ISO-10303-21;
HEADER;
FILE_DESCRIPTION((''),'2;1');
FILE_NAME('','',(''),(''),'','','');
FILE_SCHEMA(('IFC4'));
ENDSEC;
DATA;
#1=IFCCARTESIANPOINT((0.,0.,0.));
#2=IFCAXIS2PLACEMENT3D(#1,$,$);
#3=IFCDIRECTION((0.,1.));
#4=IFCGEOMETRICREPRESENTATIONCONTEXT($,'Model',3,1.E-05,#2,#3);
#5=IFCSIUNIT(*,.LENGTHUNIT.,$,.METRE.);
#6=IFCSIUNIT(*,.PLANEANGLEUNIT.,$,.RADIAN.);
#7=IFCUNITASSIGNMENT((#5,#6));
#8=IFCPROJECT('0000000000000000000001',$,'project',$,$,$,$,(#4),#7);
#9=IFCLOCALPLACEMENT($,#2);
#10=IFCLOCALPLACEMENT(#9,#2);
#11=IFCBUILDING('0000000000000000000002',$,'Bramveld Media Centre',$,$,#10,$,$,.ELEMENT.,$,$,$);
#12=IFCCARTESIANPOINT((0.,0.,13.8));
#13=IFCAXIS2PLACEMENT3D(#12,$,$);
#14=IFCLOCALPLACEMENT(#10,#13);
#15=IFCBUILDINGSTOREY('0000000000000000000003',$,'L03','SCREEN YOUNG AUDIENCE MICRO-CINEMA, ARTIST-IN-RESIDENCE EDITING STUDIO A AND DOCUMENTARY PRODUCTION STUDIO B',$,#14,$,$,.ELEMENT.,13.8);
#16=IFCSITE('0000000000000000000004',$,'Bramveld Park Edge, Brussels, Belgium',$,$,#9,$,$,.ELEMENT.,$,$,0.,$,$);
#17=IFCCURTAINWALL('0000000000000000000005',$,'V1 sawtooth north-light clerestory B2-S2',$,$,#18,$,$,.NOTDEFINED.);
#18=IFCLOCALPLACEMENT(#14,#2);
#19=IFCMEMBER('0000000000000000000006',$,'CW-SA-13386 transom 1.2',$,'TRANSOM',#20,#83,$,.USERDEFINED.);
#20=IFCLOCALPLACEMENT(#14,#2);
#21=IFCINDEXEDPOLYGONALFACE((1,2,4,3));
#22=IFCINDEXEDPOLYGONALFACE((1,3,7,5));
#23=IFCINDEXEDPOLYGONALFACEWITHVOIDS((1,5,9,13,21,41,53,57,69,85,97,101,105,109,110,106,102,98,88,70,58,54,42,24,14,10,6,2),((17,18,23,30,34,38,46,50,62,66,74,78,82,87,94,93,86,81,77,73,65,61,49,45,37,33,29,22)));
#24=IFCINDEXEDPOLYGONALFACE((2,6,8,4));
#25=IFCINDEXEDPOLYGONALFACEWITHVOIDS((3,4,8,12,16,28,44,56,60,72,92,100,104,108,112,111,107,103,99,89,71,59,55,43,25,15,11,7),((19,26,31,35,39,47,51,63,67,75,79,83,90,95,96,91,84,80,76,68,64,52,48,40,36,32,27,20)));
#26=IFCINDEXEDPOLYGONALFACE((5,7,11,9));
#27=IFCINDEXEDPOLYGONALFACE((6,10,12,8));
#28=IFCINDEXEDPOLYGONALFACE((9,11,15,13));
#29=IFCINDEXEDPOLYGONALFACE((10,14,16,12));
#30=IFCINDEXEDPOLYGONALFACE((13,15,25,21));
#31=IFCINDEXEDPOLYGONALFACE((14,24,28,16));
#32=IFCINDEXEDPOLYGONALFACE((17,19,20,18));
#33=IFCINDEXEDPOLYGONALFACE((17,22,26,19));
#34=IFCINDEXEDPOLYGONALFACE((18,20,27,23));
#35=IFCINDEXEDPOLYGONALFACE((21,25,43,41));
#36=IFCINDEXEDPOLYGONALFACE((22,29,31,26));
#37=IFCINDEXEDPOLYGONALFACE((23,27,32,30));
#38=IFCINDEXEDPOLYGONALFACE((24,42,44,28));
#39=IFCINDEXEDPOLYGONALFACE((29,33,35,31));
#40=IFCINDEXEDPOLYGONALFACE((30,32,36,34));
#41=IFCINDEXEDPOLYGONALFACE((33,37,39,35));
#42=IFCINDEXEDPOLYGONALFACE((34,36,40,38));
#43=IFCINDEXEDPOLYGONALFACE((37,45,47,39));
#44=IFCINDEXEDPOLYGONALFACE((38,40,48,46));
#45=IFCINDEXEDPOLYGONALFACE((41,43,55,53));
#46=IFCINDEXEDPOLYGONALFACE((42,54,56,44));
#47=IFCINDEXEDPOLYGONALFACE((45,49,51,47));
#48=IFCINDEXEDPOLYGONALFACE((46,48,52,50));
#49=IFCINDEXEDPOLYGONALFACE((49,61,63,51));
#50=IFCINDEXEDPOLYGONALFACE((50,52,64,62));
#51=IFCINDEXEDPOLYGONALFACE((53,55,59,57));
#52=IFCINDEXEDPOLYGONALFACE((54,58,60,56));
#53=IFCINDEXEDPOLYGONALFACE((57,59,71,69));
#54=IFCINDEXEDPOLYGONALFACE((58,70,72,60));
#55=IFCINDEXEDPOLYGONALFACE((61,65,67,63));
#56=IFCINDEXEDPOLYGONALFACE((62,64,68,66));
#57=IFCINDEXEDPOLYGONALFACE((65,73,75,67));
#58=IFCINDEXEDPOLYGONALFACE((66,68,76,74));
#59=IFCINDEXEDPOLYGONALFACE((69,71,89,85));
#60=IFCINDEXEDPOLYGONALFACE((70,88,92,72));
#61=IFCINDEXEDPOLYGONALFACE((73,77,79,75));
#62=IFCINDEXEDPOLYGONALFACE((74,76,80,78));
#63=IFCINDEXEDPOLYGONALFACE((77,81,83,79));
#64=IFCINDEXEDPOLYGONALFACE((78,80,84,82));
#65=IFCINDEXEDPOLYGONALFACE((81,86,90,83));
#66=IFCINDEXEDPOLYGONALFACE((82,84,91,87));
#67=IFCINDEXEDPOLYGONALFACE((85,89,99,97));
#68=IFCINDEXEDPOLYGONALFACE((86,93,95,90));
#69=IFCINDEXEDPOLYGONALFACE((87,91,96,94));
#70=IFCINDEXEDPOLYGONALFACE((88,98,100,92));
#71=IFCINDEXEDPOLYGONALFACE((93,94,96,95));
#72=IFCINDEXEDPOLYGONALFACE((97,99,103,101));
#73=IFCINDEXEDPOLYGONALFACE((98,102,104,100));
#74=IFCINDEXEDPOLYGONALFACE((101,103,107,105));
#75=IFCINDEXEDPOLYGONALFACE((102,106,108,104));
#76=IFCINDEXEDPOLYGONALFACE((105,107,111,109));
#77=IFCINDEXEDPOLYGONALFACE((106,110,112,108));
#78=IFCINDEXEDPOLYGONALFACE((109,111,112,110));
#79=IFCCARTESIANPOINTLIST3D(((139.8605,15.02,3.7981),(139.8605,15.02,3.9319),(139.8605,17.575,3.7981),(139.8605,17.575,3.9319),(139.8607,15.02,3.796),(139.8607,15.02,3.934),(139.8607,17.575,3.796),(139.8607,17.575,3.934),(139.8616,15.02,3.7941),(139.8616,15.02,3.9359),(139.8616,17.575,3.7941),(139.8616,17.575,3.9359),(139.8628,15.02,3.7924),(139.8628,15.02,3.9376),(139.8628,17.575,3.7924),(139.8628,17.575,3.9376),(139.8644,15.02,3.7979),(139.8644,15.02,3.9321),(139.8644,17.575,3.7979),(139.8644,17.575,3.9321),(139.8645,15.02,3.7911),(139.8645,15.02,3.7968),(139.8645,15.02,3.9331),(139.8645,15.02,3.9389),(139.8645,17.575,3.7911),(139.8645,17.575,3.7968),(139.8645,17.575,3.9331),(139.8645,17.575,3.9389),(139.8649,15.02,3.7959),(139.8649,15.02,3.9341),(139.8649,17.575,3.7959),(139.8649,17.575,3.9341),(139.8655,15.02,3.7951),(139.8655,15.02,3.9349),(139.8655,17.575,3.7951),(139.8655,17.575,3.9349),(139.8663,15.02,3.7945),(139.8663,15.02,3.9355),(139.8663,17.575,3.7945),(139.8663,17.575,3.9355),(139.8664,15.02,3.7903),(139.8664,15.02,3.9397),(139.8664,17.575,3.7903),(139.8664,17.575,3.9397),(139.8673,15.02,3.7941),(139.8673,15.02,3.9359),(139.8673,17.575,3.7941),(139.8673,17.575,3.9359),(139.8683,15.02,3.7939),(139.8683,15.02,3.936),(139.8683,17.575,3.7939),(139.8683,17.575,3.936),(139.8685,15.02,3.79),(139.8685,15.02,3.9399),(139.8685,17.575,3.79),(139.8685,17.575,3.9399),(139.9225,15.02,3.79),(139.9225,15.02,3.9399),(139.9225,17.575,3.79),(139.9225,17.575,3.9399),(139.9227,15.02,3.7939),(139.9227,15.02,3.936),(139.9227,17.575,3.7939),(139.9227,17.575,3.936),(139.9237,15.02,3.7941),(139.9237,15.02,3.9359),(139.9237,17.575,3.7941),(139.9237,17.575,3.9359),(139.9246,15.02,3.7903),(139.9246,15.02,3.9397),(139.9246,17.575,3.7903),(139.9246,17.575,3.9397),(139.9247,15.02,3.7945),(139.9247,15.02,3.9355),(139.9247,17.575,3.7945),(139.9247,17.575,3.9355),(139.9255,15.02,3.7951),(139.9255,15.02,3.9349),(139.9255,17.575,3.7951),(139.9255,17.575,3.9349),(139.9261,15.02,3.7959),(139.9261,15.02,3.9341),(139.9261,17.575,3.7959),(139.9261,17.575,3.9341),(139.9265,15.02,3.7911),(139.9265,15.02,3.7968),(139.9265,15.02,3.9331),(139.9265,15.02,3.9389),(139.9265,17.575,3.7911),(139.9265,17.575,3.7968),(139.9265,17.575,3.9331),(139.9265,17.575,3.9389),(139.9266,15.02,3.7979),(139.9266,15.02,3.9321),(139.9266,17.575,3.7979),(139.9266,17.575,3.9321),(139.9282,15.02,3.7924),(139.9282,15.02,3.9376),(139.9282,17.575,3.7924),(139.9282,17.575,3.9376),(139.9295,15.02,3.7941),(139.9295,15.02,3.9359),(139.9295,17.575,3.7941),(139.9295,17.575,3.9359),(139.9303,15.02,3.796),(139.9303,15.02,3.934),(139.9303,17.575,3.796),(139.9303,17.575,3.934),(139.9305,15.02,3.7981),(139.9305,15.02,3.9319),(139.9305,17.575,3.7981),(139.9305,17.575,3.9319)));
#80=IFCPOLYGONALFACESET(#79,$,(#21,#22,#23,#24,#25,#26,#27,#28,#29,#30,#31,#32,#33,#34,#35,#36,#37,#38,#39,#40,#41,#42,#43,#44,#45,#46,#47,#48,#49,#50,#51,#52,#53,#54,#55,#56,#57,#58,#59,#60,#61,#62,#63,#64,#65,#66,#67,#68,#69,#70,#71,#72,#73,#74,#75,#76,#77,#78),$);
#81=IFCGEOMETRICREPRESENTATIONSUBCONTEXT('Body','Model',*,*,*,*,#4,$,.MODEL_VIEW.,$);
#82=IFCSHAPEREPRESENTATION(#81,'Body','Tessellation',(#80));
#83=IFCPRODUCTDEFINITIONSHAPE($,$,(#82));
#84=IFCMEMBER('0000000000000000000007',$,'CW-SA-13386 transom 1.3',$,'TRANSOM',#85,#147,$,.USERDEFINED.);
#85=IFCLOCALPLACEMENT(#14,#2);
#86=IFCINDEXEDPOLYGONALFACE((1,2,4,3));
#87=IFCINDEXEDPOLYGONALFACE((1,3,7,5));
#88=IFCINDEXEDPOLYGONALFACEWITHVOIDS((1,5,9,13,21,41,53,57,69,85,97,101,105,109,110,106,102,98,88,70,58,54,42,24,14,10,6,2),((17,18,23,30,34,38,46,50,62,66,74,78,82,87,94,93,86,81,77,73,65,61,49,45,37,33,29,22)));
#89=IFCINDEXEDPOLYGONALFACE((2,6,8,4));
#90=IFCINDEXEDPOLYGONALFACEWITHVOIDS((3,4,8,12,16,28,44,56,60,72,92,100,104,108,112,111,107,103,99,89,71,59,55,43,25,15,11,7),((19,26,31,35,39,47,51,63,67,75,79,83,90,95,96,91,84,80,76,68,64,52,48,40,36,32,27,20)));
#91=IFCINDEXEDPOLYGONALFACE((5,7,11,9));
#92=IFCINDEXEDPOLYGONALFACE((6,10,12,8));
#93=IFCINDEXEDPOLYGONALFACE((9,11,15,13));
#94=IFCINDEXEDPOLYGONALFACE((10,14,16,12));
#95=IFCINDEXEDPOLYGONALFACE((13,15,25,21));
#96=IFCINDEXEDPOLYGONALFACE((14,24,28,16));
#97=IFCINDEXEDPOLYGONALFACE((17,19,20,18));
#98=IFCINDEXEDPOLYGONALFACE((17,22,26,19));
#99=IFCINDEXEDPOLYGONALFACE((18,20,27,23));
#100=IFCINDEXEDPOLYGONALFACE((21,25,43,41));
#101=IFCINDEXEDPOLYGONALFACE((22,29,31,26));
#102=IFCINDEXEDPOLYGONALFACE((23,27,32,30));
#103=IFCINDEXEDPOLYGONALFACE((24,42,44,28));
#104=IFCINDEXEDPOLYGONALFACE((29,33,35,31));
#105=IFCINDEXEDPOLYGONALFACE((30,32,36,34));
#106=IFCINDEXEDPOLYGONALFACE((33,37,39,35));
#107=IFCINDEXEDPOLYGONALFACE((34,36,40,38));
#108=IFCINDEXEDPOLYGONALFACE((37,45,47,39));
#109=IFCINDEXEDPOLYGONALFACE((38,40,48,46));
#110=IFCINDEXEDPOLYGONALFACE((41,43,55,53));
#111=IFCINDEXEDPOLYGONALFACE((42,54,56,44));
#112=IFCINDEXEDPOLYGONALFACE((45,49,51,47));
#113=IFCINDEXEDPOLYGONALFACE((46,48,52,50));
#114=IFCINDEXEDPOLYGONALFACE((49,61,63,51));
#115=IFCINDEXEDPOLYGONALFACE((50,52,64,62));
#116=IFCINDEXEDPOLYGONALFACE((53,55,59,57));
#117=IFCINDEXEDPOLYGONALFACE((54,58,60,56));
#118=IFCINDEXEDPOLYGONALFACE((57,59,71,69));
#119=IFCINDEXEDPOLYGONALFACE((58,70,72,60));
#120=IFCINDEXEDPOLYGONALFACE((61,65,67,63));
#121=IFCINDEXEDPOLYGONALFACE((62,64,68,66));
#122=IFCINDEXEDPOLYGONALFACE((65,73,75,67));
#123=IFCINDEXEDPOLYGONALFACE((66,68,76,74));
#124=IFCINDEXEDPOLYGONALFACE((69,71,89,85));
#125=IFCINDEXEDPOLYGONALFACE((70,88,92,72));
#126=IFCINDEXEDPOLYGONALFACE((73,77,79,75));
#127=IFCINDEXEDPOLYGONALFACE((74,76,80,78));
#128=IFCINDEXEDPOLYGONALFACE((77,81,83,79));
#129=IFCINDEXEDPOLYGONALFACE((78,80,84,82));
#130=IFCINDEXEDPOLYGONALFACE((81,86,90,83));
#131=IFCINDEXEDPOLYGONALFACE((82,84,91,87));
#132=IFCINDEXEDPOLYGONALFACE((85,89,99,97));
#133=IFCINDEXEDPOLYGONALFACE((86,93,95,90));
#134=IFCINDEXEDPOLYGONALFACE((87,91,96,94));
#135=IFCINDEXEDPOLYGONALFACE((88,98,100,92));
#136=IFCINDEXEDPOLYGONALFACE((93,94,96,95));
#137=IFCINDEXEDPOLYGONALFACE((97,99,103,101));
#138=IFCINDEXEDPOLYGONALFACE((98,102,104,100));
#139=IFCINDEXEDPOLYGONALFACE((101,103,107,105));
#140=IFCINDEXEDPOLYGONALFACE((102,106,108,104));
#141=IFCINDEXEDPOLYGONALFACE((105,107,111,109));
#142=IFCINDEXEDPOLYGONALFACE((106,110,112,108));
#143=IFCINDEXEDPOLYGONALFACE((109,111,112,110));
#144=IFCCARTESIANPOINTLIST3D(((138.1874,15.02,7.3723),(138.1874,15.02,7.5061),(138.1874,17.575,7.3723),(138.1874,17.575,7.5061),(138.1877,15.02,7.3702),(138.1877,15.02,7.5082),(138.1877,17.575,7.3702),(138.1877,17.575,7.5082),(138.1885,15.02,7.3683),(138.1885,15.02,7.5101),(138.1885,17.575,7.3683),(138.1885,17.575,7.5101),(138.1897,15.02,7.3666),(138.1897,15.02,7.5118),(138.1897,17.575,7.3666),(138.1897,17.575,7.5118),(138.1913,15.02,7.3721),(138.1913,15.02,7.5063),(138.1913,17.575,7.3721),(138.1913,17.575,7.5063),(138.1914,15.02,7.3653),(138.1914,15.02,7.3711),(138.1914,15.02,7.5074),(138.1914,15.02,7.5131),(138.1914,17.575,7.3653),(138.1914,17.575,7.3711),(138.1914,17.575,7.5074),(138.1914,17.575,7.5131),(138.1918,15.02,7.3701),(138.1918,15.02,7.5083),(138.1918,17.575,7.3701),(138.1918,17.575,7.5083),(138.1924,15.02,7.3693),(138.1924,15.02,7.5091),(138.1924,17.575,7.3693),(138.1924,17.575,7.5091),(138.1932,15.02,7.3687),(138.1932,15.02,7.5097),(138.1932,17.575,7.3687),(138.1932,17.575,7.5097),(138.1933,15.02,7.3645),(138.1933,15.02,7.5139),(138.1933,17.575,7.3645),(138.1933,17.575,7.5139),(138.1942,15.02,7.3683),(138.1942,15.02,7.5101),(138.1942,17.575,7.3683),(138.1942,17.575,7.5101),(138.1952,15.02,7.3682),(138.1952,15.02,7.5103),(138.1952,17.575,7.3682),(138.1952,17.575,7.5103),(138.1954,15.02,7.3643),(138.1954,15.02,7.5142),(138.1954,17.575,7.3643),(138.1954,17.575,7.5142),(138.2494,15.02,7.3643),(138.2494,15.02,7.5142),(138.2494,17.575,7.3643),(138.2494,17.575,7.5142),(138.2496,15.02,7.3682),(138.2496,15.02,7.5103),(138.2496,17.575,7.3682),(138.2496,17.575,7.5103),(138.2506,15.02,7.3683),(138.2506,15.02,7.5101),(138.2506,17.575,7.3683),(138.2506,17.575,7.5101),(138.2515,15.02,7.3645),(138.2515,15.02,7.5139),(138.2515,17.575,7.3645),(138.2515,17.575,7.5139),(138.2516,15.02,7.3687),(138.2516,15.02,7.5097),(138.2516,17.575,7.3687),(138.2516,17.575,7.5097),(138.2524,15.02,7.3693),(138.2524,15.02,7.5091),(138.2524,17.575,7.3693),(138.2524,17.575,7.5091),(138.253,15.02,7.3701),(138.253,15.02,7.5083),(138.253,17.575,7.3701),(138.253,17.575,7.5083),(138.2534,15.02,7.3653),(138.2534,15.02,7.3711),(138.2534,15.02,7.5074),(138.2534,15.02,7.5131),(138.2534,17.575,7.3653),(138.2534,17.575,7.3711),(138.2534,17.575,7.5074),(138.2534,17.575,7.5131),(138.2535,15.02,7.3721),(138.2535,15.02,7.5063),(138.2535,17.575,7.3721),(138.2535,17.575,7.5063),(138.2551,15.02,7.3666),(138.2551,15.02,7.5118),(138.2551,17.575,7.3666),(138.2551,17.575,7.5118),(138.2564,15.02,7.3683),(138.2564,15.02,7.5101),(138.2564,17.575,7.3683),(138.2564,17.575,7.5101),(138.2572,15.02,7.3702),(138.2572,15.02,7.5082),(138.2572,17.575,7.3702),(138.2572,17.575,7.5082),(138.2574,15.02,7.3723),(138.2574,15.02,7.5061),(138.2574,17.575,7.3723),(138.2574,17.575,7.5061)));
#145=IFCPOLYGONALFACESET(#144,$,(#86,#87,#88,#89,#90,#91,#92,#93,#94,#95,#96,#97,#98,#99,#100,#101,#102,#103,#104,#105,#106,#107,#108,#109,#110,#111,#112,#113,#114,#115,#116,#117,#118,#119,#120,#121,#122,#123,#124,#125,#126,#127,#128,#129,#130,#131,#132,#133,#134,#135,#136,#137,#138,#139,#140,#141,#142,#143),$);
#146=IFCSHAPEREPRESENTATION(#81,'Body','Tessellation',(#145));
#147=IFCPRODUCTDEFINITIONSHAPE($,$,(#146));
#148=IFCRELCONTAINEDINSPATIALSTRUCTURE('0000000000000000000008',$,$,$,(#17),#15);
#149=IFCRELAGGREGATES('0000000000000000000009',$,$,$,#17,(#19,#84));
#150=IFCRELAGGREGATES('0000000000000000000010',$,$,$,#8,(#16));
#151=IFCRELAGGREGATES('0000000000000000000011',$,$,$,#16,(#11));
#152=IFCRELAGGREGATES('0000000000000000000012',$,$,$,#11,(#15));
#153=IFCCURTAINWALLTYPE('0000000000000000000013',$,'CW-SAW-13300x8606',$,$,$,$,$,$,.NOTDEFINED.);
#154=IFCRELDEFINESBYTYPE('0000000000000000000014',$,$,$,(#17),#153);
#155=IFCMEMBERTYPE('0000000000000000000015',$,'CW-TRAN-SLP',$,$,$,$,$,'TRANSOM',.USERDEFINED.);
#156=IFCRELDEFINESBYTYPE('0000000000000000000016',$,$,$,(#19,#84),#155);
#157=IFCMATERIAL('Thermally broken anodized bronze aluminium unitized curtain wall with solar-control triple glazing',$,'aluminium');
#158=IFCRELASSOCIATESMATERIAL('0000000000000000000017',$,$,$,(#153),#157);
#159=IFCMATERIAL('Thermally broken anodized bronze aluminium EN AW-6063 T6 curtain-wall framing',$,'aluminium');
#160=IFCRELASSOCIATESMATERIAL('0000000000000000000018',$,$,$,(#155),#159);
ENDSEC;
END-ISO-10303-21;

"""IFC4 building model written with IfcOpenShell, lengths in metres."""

from ifc_helpers import new_model, si_unit, direction, frame, origin, origin_2d, place, context, subcontext, project, spatial, hollow_rectangle, extrude, material, material_profile, profile_set, type_object, element, aggregate, save


model = new_model("IFC4")

# Units and contexts
model_context = context("Model", 3, precision=1e-05, world=origin(), true_north=direction((0.0, 1.0)))
body_context = subcontext(model_context, "Body", "Model", "MODEL_VIEW")
ifc_project = project(units=[si_unit("LENGTHUNIT", "METRE"), si_unit("PLANEANGLEUNIT", "RADIAN")], contexts=[model_context])

# Site, building, storey
site_placement = place(None, origin())
site = spatial("IfcSite", under=ifc_project, at=site_placement, Name="Bramveld Park Edge, Brussels, Belgium", CompositionType="ELEMENT", RefElevation=0.0)
building_placement = place(site_placement, origin())
building = spatial("IfcBuilding", under=site, at=building_placement, Name="Bramveld Media Centre", CompositionType="ELEMENT")
storey_placement = place(building_placement, frame((0.0, 0.0, 13.8)))
storey = spatial("IfcBuildingStorey", under=building, at=storey_placement, Name="L03", Description="SCREEN YOUNG AUDIENCE MICRO-CINEMA, ARTIST-IN-RESIDENCE EDITING STUDIO A AND DOCUMENTARY PRODUCTION STUDIO B", CompositionType="ELEMENT", Elevation=13.8)

# Curtain wall, members
ifc_material_1 = material(Name="Thermally broken anodized bronze aluminium unitized curtain wall with solar-control triple glazing", Category="aluminium")
curtain_wall_type = type_object("IfcCurtainWallType", Name="CW-SAW-13300x8606", PredefinedType="NOTDEFINED", material=ifc_material_1)
ifc_material_2 = material(Name="Thermally broken anodized bronze aluminium EN AW-6063 T6 curtain-wall framing", Category="aluminium")
ifc_material_profile_1 = material_profile(ifc_material_2, hollow_rectangle(XDim=0.0701, YDim=0.1499, WallThickness=0.0039, InnerFilletRadius=0.0039, OuterFilletRadius=0.0081, at=origin_2d()), Name="AL-TRAN 70x150")
ifc_profile_set_1 = profile_set([ifc_material_profile_1], Name="Thermally broken anodized bronze aluminium EN AW-6063 T6 curtain-wall framing")
member_type_1 = type_object("IfcMemberType", Name="CW-TRAN-SLP", ElementType="TRANSOM", PredefinedType="USERDEFINED", material=ifc_profile_set_1)
curtain_wall_1_placement = place(storey_placement, origin())
curtain_wall_1 = element("IfcCurtainWall", 1, at=curtain_wall_1_placement, inside=storey, type_object=curtain_wall_type, Name="V1 sawtooth north-light clerestory B2-S2", PredefinedType="NOTDEFINED")
member_1_placement = place(storey_placement, frame((139.8955, 15.02, 3.865), z_axis=(0.0, 1.0, 0.0), x_axis=(-1.0, 0.0, 0.0)))
member_1 = element("IfcMember", 2, at=member_1_placement, type_object=member_type_1, Name="CW-SA-13386 transom 1.2", ObjectType="TRANSOM", PredefinedType="USERDEFINED", context=body_context, shape_type="SweptSolid", body=[
    extrude(hollow_rectangle(XDim=0.0701, YDim=0.1499, WallThickness=0.0039, InnerFilletRadius=0.0039, OuterFilletRadius=0.0081, at=origin_2d()), origin(), (0.0, 0.0, 1.0), 2.5549),
])
member_2_placement = place(storey_placement, frame((138.2224, 15.02, 7.4392), z_axis=(0.0, 1.0, 0.0), x_axis=(-1.0, 0.0, 0.0)))
member_2 = element("IfcMember", 3, at=member_2_placement, type_object=member_type_1, Name="CW-SA-13386 transom 1.3", ObjectType="TRANSOM", PredefinedType="USERDEFINED", context=body_context, shape_type="SweptSolid", body=[
    extrude(hollow_rectangle(XDim=0.0701, YDim=0.1499, WallThickness=0.0039, InnerFilletRadius=0.0039, OuterFilletRadius=0.0081, at=origin_2d()), origin(), (0.0, 0.0, 1.0), 2.5549),
])

aggregate(curtain_wall_1, [member_1, member_2])

save(model, "model.ifc")
